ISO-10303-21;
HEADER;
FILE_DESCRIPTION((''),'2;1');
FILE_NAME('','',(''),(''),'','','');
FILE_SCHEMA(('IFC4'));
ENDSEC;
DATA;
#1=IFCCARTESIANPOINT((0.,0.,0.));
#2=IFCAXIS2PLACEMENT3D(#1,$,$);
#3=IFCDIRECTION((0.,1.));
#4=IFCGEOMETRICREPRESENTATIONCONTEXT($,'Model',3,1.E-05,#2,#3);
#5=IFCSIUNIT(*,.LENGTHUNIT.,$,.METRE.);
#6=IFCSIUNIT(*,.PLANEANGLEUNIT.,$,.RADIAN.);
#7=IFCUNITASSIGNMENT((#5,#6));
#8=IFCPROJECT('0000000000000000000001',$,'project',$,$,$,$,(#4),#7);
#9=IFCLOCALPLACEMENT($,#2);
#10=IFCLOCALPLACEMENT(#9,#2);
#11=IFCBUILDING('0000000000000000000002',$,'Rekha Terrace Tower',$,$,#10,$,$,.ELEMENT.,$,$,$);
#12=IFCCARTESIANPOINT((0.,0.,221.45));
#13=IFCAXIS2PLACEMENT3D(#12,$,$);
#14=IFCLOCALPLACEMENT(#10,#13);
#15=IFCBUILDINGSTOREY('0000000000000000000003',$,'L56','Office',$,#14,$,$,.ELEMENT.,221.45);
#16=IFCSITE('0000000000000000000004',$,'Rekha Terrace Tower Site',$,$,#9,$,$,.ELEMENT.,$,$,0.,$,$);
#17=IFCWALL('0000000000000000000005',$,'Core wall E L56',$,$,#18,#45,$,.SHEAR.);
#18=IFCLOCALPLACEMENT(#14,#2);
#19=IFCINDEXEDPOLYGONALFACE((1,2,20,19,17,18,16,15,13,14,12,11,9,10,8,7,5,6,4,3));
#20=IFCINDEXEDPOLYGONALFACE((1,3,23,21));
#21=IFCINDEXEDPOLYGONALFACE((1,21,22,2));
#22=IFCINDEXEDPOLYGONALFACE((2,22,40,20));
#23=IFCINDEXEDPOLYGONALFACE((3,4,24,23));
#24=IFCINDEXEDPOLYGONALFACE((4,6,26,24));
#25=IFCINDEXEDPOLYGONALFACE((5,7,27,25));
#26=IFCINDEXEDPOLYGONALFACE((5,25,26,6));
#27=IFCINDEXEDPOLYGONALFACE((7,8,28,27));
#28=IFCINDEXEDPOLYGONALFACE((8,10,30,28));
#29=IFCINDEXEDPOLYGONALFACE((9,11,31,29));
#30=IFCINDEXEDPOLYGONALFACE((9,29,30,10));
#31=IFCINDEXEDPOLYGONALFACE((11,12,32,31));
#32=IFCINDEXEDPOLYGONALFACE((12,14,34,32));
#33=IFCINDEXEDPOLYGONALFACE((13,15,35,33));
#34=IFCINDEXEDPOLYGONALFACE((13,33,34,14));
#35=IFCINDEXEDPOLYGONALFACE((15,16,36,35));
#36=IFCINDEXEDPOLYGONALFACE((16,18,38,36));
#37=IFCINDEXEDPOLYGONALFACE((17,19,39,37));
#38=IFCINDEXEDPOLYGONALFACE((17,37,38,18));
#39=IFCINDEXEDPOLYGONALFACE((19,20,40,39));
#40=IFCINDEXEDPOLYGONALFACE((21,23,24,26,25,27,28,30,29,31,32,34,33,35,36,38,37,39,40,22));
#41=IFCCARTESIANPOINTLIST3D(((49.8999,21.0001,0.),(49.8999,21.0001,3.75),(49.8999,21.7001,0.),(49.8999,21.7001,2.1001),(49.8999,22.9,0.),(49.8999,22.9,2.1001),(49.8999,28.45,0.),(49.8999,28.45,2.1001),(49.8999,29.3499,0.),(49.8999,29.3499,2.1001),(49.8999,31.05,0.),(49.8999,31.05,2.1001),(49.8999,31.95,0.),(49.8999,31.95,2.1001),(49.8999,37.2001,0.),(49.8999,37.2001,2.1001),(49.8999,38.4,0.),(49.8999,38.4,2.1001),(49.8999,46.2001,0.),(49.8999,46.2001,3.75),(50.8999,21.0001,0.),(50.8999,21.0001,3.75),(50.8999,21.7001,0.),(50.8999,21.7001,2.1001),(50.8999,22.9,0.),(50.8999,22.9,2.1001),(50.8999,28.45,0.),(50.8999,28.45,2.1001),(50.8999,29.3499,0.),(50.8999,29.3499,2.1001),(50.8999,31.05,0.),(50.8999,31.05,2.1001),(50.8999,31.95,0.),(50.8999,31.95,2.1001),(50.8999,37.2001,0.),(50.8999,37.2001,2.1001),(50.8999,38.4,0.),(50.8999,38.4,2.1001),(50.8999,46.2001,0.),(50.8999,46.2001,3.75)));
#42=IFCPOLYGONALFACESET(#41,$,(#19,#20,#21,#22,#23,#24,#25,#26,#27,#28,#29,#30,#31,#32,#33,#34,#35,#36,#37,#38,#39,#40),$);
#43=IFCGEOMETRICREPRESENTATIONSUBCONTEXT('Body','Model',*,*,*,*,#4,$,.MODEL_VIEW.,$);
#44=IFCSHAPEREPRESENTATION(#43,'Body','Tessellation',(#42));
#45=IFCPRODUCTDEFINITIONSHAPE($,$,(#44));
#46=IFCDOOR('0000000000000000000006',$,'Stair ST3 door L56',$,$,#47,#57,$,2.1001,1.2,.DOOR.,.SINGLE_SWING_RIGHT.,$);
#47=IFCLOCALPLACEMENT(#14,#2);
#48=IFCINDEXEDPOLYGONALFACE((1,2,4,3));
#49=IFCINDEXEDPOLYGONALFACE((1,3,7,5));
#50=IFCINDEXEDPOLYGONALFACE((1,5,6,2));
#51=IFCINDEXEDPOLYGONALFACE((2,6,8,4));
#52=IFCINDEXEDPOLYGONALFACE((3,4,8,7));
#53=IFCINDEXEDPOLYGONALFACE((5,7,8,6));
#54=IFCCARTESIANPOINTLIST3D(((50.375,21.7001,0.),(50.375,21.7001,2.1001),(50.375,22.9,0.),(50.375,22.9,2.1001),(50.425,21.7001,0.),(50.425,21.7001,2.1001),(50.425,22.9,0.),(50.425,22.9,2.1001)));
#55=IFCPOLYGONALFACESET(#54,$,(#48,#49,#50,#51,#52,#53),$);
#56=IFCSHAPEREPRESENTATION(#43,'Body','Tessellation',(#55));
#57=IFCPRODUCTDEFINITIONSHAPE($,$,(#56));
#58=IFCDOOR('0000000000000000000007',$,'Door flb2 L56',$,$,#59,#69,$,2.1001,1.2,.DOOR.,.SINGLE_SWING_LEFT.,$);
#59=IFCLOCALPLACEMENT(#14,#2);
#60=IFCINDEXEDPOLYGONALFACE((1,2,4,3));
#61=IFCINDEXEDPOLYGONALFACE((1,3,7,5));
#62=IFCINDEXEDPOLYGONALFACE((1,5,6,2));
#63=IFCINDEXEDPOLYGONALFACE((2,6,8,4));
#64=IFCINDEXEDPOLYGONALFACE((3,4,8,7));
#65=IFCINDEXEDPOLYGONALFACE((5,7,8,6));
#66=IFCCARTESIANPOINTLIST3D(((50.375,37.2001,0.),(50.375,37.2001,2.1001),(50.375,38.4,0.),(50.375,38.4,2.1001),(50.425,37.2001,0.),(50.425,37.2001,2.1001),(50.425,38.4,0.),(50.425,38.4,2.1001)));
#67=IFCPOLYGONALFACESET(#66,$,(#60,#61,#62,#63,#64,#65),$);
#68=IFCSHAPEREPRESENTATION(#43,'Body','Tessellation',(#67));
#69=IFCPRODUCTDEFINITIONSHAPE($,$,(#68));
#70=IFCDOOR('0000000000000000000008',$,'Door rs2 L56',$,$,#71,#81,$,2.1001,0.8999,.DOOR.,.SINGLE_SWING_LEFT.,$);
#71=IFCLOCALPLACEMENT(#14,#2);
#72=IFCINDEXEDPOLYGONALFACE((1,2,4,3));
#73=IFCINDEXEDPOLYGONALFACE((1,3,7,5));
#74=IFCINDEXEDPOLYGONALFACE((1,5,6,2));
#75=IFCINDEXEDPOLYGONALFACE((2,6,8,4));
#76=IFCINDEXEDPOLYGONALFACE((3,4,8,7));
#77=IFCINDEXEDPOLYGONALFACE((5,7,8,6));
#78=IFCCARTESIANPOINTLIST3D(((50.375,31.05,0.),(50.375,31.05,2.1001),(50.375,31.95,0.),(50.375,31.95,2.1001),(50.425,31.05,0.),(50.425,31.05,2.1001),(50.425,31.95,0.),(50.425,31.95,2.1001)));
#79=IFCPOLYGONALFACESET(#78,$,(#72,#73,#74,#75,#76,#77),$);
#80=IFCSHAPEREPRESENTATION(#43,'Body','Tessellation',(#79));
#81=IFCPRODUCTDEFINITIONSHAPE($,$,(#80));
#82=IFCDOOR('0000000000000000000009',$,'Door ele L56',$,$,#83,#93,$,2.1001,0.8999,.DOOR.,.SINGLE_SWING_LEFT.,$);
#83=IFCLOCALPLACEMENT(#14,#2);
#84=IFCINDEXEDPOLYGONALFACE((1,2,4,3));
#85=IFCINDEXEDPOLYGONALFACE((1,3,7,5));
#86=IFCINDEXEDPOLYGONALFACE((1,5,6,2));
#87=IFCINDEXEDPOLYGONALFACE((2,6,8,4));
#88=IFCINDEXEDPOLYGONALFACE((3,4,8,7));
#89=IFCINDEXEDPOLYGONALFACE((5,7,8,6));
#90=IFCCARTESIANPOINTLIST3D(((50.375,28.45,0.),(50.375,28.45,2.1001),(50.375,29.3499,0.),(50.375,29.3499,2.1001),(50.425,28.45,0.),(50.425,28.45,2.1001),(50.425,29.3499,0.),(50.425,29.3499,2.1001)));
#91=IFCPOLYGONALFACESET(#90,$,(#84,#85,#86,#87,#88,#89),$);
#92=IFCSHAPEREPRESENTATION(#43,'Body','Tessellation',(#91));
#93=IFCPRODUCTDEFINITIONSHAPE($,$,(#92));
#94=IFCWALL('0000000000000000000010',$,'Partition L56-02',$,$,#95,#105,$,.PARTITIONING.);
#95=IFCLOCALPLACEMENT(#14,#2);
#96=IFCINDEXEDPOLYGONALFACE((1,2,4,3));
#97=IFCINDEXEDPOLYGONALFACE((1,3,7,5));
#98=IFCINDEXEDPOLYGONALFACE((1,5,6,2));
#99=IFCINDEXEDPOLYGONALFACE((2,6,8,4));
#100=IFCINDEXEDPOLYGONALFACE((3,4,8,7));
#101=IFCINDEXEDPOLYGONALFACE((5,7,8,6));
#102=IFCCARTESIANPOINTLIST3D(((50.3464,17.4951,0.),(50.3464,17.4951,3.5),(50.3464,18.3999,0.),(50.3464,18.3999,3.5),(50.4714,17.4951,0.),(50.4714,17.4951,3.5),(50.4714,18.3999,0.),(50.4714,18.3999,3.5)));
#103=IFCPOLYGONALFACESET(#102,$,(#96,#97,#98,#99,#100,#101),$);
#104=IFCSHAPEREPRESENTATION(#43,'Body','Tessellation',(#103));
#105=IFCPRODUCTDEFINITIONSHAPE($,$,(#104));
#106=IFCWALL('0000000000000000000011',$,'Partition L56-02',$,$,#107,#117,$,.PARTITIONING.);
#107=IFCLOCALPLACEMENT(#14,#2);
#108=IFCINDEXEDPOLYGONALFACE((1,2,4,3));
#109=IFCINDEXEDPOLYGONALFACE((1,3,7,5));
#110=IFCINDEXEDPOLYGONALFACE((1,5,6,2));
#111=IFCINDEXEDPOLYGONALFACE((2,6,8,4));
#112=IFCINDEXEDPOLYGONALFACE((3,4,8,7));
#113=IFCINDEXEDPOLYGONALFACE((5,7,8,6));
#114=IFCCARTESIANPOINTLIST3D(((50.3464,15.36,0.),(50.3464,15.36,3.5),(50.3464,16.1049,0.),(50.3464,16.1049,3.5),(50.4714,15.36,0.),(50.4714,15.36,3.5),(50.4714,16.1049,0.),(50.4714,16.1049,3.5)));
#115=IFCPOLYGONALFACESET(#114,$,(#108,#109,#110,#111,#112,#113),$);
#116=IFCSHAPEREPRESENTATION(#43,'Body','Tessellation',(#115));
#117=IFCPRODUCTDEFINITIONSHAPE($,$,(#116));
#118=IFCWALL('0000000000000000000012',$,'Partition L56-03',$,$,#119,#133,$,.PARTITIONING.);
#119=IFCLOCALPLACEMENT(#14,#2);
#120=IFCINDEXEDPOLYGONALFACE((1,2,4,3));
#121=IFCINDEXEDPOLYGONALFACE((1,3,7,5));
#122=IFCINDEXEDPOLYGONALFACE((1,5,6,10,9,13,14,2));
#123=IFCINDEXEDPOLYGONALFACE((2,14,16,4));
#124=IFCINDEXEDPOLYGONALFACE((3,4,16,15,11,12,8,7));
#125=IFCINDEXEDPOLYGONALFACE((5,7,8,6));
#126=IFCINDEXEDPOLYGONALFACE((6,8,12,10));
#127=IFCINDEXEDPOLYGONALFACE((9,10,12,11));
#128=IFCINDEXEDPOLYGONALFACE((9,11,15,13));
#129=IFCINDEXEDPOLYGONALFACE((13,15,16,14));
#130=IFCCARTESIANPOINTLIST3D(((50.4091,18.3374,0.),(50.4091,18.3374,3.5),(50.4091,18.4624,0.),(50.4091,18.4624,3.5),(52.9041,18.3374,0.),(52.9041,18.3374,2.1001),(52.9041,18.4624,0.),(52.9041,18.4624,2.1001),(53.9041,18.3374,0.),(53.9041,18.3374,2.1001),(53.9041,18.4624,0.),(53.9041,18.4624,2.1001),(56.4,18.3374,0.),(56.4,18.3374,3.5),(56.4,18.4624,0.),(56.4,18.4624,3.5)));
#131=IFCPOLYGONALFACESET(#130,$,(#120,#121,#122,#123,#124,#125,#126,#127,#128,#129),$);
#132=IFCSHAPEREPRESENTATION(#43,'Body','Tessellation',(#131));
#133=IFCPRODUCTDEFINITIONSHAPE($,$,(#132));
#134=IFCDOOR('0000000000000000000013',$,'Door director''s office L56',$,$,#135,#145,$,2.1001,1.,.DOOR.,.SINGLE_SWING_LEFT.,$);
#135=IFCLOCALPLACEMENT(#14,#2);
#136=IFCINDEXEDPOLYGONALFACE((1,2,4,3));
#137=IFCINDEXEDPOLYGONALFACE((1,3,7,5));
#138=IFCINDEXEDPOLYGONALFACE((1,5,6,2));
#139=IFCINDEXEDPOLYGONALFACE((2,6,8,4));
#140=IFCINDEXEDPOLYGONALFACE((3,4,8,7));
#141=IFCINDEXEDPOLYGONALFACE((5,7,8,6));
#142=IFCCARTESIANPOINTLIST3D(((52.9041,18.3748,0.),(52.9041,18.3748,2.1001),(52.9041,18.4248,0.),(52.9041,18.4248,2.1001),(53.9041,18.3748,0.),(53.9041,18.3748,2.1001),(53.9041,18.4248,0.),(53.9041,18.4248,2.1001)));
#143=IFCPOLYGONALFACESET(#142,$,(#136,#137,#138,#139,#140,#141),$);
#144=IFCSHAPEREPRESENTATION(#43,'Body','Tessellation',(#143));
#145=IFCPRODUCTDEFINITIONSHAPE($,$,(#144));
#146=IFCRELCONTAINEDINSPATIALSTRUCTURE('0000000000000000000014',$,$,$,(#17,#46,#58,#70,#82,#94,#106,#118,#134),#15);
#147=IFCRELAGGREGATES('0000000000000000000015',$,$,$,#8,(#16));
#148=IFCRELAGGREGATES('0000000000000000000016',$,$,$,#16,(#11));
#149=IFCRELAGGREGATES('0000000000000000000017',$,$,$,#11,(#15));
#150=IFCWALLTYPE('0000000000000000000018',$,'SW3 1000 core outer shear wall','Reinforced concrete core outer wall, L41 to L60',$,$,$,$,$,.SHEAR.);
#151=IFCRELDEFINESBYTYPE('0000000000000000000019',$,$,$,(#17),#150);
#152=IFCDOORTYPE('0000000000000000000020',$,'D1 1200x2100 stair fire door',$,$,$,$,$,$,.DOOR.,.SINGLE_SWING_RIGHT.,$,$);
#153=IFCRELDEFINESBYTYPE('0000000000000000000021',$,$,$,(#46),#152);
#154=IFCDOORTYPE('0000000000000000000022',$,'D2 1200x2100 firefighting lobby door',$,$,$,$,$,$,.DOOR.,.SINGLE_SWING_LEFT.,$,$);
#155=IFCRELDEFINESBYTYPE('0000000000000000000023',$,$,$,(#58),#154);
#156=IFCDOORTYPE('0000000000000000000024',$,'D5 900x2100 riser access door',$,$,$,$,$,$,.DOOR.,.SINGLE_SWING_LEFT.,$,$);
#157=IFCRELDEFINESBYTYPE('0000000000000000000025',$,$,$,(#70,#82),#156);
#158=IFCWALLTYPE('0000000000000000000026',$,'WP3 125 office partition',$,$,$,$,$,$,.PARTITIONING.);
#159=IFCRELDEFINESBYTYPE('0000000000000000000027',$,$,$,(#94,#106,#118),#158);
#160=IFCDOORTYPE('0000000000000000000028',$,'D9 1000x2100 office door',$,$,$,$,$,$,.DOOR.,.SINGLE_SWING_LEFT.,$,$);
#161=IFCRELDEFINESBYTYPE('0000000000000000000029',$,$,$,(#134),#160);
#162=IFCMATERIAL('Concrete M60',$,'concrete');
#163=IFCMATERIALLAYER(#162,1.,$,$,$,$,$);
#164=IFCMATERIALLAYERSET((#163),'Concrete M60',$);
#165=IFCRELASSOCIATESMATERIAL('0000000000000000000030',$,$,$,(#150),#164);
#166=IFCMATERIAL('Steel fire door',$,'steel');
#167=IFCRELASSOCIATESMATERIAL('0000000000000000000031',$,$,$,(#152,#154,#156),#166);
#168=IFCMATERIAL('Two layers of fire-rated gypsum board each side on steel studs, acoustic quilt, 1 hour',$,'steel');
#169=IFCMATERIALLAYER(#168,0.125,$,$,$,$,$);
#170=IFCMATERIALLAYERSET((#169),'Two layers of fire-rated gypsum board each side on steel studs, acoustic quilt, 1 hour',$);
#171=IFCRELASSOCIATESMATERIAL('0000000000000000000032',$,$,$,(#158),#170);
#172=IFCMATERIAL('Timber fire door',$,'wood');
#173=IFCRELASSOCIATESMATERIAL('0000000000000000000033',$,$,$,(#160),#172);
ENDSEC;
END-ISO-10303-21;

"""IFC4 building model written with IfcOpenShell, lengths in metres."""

from ifc_helpers import new_model, si_unit, direction, frame, frame_2d, origin, place, context, subcontext, project, spatial, rectangle, extrude, material, layer, layer_set, type_object, element, fill, save


model = new_model("IFC4")

# Units and contexts
model_context = context("Model", 3, precision=1e-05, world=origin(), true_north=direction((0.0, 1.0)))
body_context = subcontext(model_context, "Body", "Model", "MODEL_VIEW")
ifc_project = project(units=[si_unit("LENGTHUNIT", "METRE"), si_unit("PLANEANGLEUNIT", "RADIAN")], contexts=[model_context])

# Site, building, storey
site_placement = place(None, origin())
site = spatial("IfcSite", under=ifc_project, at=site_placement, Name="Rekha Terrace Tower Site", CompositionType="ELEMENT", RefElevation=0.0)
building_placement = place(site_placement, origin())
building = spatial("IfcBuilding", under=site, at=building_placement, Name="Rekha Terrace Tower", CompositionType="ELEMENT")
storey_placement = place(building_placement, frame((0.0, 0.0, 221.45)))
storey = spatial("IfcBuildingStorey", under=building, at=storey_placement, Name="L56", Description="Office", CompositionType="ELEMENT", Elevation=221.45)

# Shared definitions
ifc_material_1 = material(Name="Concrete M60", Category="concrete")

# Wall, openings, doors
ifc_layer_1 = layer(ifc_material_1, 1.0)
ifc_layer_set_1 = layer_set([ifc_layer_1], Name="Concrete M60")
wall_type_1 = type_object("IfcWallType", Name="SW3 1000 core outer shear wall", Description="Reinforced concrete core outer wall, L41 to L60", PredefinedType="SHEAR", material=ifc_layer_set_1)
wall_1_placement = place(storey_placement, frame((50.3999, 21.0, 0.0), z_axis=(0.0, 0.0, 1.0), x_axis=(0.0, 1.0, 0.0)))
wall_1 = element("IfcWall", 1, at=wall_1_placement, inside=storey, type_object=wall_type_1, Name="Core wall E L56", PredefinedType="SHEAR", context=body_context, shape_type="SweptSolid", body=[
    extrude(rectangle(XDim=25.2, YDim=1.0, at=frame_2d((12.6001, 0.0))), origin(), (0.0, 0.0, 1.0), 3.75),
])
opening_1_placement = place(wall_1_placement, frame((16.2, 0.0, 0.0)))
opening_1 = element("IfcOpeningElement", 2, at=opening_1_placement, cuts=wall_1, PredefinedType="OPENING", context=body_context, shape_type="SweptSolid", body=[
    extrude(rectangle(XDim=1.2, YDim=2.1001, at=frame_2d((0.6001, 1.05))), frame((0.0, 0.51, 0.0), z_axis=(0.0, -1.0, 0.0), x_axis=(1.0, 0.0, 0.0)), (0.0, 0.0, 1.0), 1.02),
])
opening_2_placement = place(wall_1_placement, frame((10.05, 0.0, 0.0)))
opening_2 = element("IfcOpeningElement", 3, at=opening_2_placement, cuts=wall_1, PredefinedType="OPENING", context=body_context, shape_type="SweptSolid", body=[
    extrude(rectangle(XDim=0.8999, YDim=2.1001, at=frame_2d((0.45, 1.05))), frame((0.0, 0.51, 0.0), z_axis=(0.0, -1.0, 0.0), x_axis=(1.0, 0.0, 0.0)), (0.0, 0.0, 1.0), 1.02),
])
opening_3_placement = place(wall_1_placement, frame((7.45, 0.0, 0.0)))
opening_3 = element("IfcOpeningElement", 4, at=opening_3_placement, cuts=wall_1, PredefinedType="OPENING", context=body_context, shape_type="SweptSolid", body=[
    extrude(rectangle(XDim=0.8999, YDim=2.1001, at=frame_2d((0.45, 1.05))), frame((0.0, 0.51, 0.0), z_axis=(0.0, -1.0, 0.0), x_axis=(1.0, 0.0, 0.0)), (0.0, 0.0, 1.0), 1.02),
])
opening_4_placement = place(wall_1_placement, frame((0.7, 0.0, 0.0)))
opening_4 = element("IfcOpeningElement", 5, at=opening_4_placement, cuts=wall_1, PredefinedType="OPENING", context=body_context, shape_type="SweptSolid", body=[
    extrude(rectangle(XDim=1.2, YDim=2.1001, at=frame_2d((0.6001, 1.05))), frame((0.0, 0.51, 0.0), z_axis=(0.0, -1.0, 0.0), x_axis=(1.0, 0.0, 0.0)), (0.0, 0.0, 1.0), 1.02),
])
ifc_material_2 = material(Name="Steel fire door", Category="steel")
door_type_1 = type_object("IfcDoorType", Name="D1 1200x2100 stair fire door", OperationType="SINGLE_SWING_RIGHT", PredefinedType="DOOR", material=ifc_material_2)
door_1_placement = place(opening_4_placement, origin())
door_1 = element("IfcDoor", 6, at=door_1_placement, inside=storey, type_object=door_type_1, Name="Stair ST3 door L56", OperationType="SINGLE_SWING_RIGHT", OverallHeight=2.1001, OverallWidth=1.2, PredefinedType="DOOR", context=body_context, shape_type="SweptSolid", body=[
    extrude(rectangle(XDim=1.2, YDim=2.1001, at=frame_2d((0.6001, 1.05))), frame((0.0, 0.0249, 0.0), z_axis=(0.0, -1.0, 0.0), x_axis=(1.0, 0.0, 0.0)), (0.0, 0.0, 1.0), 0.05),
])
fill(opening_4, door_1)
door_type_2 = type_object("IfcDoorType", Name="D2 1200x2100 firefighting lobby door", OperationType="SINGLE_SWING_LEFT", PredefinedType="DOOR", material=ifc_material_2)
door_2_placement = place(opening_1_placement, origin())
door_2 = element("IfcDoor", 7, at=door_2_placement, inside=storey, type_object=door_type_2, Name="Door flb2 L56", OperationType="SINGLE_SWING_LEFT", OverallHeight=2.1001, OverallWidth=1.2, PredefinedType="DOOR", context=body_context, shape_type="SweptSolid", body=[
    extrude(rectangle(XDim=1.2, YDim=2.1001, at=frame_2d((0.6001, 1.05))), frame((0.0, 0.0249, 0.0), z_axis=(0.0, -1.0, 0.0), x_axis=(1.0, 0.0, 0.0)), (0.0, 0.0, 1.0), 0.05),
])
fill(opening_1, door_2)
door_type_3 = type_object("IfcDoorType", Name="D5 900x2100 riser access door", OperationType="SINGLE_SWING_LEFT", PredefinedType="DOOR", material=ifc_material_2)
door_3_placement = place(opening_2_placement, origin())
door_3 = element("IfcDoor", 8, at=door_3_placement, inside=storey, type_object=door_type_3, Name="Door rs2 L56", OperationType="SINGLE_SWING_LEFT", OverallHeight=2.1001, OverallWidth=0.8999, PredefinedType="DOOR", context=body_context, shape_type="SweptSolid", body=[
    extrude(rectangle(XDim=0.8999, YDim=2.1001, at=frame_2d((0.45, 1.05))), frame((0.0, 0.0249, 0.0), z_axis=(0.0, -1.0, 0.0), x_axis=(1.0, 0.0, 0.0)), (0.0, 0.0, 1.0), 0.05),
])
fill(opening_2, door_3)
door_4_placement = place(opening_3_placement, origin())
door_4 = element("IfcDoor", 9, at=door_4_placement, inside=storey, type_object=door_type_3, Name="Door ele L56", OperationType="SINGLE_SWING_LEFT", OverallHeight=2.1001, OverallWidth=0.8999, PredefinedType="DOOR", context=body_context, shape_type="SweptSolid", body=[
    extrude(rectangle(XDim=0.8999, YDim=2.1001, at=frame_2d((0.45, 1.05))), frame((0.0, 0.0249, 0.0), z_axis=(0.0, -1.0, 0.0), x_axis=(1.0, 0.0, 0.0)), (0.0, 0.0, 1.0), 0.05),
])
fill(opening_3, door_4)

# Walls
ifc_material_3 = material(Name="Two layers of fire-rated gypsum board each side on steel studs, acoustic quilt, 1 hour", Category="steel")
ifc_layer_2 = layer(ifc_material_3, 0.125)
ifc_layer_set_2 = layer_set([ifc_layer_2], Name="Two layers of fire-rated gypsum board each side on steel studs, acoustic quilt, 1 hour")
wall_type_2 = type_object("IfcWallType", Name="WP3 125 office partition", PredefinedType="PARTITIONING", material=ifc_layer_set_2)
wall_2_placement = place(storey_placement, frame((50.4089, 18.3999, 0.0), z_axis=(0.0, 0.0, 1.0), x_axis=(0.0, -1.0, 0.0)))
element("IfcWall", 10, at=wall_2_placement, inside=storey, type_object=wall_type_2, Name="Partition L56-02", PredefinedType="PARTITIONING", context=body_context, shape_type="SweptSolid", body=[
    extrude(rectangle(XDim=0.9048, YDim=0.125, at=frame_2d((0.4524, 0.0))), origin(), (0.0, 0.0, 1.0), 3.5),
])
wall_3_placement = place(storey_placement, frame((50.4089, 16.105, 0.0), z_axis=(0.0, 0.0, 1.0), x_axis=(0.0, -1.0, 0.0)))
element("IfcWall", 11, at=wall_3_placement, inside=storey, type_object=wall_type_2, Name="Partition L56-02", PredefinedType="PARTITIONING", context=body_context, shape_type="SweptSolid", body=[
    extrude(rectangle(XDim=0.7449, YDim=0.125, at=frame_2d((0.3726, 0.0))), origin(), (0.0, 0.0, 1.0), 3.5),
])

# Wall, opening, door
wall_4_placement = place(storey_placement, frame((50.4089, 18.3999, 0.0), z_axis=(0.0, 0.0, 1.0), x_axis=(1.0, 0.0, 0.0)))
wall_4 = element("IfcWall", 12, at=wall_4_placement, inside=storey, type_object=wall_type_2, Name="Partition L56-03", PredefinedType="PARTITIONING", context=body_context, shape_type="SweptSolid", body=[
    extrude(rectangle(XDim=5.991, YDim=0.125, at=frame_2d((2.9956, 0.0))), origin(), (0.0, 0.0, 1.0), 3.5),
])
opening_5_placement = place(wall_4_placement, frame((2.4951, 0.0, 0.0)))
opening_5 = element("IfcOpeningElement", 13, at=opening_5_placement, cuts=wall_4, PredefinedType="OPENING", context=body_context, shape_type="SweptSolid", body=[
    extrude(rectangle(XDim=1.0, YDim=2.1001, at=frame_2d((0.5, 1.05))), frame((0.0, 0.0725, 0.0), z_axis=(0.0, -1.0, 0.0), x_axis=(1.0, 0.0, 0.0)), (0.0, 0.0, 1.0), 0.145),
])
ifc_material_4 = material(Name="Timber fire door", Category="wood")
door_type_4 = type_object("IfcDoorType", Name="D9 1000x2100 office door", OperationType="SINGLE_SWING_LEFT", PredefinedType="DOOR", material=ifc_material_4)
door_5_placement = place(opening_5_placement, origin())
door_5 = element("IfcDoor", 14, at=door_5_placement, inside=storey, type_object=door_type_4, Name="Door director's office L56", OperationType="SINGLE_SWING_LEFT", OverallHeight=2.1001, OverallWidth=1.0, PredefinedType="DOOR", context=body_context, shape_type="SweptSolid", body=[
    extrude(rectangle(XDim=1.0, YDim=2.1001, at=frame_2d((0.5, 1.05))), frame((0.0, 0.0249, 0.0), z_axis=(0.0, -1.0, 0.0), x_axis=(1.0, 0.0, 0.0)), (0.0, 0.0, 1.0), 0.05),
])
fill(opening_5, door_5)

save(model, "model.ifc")
